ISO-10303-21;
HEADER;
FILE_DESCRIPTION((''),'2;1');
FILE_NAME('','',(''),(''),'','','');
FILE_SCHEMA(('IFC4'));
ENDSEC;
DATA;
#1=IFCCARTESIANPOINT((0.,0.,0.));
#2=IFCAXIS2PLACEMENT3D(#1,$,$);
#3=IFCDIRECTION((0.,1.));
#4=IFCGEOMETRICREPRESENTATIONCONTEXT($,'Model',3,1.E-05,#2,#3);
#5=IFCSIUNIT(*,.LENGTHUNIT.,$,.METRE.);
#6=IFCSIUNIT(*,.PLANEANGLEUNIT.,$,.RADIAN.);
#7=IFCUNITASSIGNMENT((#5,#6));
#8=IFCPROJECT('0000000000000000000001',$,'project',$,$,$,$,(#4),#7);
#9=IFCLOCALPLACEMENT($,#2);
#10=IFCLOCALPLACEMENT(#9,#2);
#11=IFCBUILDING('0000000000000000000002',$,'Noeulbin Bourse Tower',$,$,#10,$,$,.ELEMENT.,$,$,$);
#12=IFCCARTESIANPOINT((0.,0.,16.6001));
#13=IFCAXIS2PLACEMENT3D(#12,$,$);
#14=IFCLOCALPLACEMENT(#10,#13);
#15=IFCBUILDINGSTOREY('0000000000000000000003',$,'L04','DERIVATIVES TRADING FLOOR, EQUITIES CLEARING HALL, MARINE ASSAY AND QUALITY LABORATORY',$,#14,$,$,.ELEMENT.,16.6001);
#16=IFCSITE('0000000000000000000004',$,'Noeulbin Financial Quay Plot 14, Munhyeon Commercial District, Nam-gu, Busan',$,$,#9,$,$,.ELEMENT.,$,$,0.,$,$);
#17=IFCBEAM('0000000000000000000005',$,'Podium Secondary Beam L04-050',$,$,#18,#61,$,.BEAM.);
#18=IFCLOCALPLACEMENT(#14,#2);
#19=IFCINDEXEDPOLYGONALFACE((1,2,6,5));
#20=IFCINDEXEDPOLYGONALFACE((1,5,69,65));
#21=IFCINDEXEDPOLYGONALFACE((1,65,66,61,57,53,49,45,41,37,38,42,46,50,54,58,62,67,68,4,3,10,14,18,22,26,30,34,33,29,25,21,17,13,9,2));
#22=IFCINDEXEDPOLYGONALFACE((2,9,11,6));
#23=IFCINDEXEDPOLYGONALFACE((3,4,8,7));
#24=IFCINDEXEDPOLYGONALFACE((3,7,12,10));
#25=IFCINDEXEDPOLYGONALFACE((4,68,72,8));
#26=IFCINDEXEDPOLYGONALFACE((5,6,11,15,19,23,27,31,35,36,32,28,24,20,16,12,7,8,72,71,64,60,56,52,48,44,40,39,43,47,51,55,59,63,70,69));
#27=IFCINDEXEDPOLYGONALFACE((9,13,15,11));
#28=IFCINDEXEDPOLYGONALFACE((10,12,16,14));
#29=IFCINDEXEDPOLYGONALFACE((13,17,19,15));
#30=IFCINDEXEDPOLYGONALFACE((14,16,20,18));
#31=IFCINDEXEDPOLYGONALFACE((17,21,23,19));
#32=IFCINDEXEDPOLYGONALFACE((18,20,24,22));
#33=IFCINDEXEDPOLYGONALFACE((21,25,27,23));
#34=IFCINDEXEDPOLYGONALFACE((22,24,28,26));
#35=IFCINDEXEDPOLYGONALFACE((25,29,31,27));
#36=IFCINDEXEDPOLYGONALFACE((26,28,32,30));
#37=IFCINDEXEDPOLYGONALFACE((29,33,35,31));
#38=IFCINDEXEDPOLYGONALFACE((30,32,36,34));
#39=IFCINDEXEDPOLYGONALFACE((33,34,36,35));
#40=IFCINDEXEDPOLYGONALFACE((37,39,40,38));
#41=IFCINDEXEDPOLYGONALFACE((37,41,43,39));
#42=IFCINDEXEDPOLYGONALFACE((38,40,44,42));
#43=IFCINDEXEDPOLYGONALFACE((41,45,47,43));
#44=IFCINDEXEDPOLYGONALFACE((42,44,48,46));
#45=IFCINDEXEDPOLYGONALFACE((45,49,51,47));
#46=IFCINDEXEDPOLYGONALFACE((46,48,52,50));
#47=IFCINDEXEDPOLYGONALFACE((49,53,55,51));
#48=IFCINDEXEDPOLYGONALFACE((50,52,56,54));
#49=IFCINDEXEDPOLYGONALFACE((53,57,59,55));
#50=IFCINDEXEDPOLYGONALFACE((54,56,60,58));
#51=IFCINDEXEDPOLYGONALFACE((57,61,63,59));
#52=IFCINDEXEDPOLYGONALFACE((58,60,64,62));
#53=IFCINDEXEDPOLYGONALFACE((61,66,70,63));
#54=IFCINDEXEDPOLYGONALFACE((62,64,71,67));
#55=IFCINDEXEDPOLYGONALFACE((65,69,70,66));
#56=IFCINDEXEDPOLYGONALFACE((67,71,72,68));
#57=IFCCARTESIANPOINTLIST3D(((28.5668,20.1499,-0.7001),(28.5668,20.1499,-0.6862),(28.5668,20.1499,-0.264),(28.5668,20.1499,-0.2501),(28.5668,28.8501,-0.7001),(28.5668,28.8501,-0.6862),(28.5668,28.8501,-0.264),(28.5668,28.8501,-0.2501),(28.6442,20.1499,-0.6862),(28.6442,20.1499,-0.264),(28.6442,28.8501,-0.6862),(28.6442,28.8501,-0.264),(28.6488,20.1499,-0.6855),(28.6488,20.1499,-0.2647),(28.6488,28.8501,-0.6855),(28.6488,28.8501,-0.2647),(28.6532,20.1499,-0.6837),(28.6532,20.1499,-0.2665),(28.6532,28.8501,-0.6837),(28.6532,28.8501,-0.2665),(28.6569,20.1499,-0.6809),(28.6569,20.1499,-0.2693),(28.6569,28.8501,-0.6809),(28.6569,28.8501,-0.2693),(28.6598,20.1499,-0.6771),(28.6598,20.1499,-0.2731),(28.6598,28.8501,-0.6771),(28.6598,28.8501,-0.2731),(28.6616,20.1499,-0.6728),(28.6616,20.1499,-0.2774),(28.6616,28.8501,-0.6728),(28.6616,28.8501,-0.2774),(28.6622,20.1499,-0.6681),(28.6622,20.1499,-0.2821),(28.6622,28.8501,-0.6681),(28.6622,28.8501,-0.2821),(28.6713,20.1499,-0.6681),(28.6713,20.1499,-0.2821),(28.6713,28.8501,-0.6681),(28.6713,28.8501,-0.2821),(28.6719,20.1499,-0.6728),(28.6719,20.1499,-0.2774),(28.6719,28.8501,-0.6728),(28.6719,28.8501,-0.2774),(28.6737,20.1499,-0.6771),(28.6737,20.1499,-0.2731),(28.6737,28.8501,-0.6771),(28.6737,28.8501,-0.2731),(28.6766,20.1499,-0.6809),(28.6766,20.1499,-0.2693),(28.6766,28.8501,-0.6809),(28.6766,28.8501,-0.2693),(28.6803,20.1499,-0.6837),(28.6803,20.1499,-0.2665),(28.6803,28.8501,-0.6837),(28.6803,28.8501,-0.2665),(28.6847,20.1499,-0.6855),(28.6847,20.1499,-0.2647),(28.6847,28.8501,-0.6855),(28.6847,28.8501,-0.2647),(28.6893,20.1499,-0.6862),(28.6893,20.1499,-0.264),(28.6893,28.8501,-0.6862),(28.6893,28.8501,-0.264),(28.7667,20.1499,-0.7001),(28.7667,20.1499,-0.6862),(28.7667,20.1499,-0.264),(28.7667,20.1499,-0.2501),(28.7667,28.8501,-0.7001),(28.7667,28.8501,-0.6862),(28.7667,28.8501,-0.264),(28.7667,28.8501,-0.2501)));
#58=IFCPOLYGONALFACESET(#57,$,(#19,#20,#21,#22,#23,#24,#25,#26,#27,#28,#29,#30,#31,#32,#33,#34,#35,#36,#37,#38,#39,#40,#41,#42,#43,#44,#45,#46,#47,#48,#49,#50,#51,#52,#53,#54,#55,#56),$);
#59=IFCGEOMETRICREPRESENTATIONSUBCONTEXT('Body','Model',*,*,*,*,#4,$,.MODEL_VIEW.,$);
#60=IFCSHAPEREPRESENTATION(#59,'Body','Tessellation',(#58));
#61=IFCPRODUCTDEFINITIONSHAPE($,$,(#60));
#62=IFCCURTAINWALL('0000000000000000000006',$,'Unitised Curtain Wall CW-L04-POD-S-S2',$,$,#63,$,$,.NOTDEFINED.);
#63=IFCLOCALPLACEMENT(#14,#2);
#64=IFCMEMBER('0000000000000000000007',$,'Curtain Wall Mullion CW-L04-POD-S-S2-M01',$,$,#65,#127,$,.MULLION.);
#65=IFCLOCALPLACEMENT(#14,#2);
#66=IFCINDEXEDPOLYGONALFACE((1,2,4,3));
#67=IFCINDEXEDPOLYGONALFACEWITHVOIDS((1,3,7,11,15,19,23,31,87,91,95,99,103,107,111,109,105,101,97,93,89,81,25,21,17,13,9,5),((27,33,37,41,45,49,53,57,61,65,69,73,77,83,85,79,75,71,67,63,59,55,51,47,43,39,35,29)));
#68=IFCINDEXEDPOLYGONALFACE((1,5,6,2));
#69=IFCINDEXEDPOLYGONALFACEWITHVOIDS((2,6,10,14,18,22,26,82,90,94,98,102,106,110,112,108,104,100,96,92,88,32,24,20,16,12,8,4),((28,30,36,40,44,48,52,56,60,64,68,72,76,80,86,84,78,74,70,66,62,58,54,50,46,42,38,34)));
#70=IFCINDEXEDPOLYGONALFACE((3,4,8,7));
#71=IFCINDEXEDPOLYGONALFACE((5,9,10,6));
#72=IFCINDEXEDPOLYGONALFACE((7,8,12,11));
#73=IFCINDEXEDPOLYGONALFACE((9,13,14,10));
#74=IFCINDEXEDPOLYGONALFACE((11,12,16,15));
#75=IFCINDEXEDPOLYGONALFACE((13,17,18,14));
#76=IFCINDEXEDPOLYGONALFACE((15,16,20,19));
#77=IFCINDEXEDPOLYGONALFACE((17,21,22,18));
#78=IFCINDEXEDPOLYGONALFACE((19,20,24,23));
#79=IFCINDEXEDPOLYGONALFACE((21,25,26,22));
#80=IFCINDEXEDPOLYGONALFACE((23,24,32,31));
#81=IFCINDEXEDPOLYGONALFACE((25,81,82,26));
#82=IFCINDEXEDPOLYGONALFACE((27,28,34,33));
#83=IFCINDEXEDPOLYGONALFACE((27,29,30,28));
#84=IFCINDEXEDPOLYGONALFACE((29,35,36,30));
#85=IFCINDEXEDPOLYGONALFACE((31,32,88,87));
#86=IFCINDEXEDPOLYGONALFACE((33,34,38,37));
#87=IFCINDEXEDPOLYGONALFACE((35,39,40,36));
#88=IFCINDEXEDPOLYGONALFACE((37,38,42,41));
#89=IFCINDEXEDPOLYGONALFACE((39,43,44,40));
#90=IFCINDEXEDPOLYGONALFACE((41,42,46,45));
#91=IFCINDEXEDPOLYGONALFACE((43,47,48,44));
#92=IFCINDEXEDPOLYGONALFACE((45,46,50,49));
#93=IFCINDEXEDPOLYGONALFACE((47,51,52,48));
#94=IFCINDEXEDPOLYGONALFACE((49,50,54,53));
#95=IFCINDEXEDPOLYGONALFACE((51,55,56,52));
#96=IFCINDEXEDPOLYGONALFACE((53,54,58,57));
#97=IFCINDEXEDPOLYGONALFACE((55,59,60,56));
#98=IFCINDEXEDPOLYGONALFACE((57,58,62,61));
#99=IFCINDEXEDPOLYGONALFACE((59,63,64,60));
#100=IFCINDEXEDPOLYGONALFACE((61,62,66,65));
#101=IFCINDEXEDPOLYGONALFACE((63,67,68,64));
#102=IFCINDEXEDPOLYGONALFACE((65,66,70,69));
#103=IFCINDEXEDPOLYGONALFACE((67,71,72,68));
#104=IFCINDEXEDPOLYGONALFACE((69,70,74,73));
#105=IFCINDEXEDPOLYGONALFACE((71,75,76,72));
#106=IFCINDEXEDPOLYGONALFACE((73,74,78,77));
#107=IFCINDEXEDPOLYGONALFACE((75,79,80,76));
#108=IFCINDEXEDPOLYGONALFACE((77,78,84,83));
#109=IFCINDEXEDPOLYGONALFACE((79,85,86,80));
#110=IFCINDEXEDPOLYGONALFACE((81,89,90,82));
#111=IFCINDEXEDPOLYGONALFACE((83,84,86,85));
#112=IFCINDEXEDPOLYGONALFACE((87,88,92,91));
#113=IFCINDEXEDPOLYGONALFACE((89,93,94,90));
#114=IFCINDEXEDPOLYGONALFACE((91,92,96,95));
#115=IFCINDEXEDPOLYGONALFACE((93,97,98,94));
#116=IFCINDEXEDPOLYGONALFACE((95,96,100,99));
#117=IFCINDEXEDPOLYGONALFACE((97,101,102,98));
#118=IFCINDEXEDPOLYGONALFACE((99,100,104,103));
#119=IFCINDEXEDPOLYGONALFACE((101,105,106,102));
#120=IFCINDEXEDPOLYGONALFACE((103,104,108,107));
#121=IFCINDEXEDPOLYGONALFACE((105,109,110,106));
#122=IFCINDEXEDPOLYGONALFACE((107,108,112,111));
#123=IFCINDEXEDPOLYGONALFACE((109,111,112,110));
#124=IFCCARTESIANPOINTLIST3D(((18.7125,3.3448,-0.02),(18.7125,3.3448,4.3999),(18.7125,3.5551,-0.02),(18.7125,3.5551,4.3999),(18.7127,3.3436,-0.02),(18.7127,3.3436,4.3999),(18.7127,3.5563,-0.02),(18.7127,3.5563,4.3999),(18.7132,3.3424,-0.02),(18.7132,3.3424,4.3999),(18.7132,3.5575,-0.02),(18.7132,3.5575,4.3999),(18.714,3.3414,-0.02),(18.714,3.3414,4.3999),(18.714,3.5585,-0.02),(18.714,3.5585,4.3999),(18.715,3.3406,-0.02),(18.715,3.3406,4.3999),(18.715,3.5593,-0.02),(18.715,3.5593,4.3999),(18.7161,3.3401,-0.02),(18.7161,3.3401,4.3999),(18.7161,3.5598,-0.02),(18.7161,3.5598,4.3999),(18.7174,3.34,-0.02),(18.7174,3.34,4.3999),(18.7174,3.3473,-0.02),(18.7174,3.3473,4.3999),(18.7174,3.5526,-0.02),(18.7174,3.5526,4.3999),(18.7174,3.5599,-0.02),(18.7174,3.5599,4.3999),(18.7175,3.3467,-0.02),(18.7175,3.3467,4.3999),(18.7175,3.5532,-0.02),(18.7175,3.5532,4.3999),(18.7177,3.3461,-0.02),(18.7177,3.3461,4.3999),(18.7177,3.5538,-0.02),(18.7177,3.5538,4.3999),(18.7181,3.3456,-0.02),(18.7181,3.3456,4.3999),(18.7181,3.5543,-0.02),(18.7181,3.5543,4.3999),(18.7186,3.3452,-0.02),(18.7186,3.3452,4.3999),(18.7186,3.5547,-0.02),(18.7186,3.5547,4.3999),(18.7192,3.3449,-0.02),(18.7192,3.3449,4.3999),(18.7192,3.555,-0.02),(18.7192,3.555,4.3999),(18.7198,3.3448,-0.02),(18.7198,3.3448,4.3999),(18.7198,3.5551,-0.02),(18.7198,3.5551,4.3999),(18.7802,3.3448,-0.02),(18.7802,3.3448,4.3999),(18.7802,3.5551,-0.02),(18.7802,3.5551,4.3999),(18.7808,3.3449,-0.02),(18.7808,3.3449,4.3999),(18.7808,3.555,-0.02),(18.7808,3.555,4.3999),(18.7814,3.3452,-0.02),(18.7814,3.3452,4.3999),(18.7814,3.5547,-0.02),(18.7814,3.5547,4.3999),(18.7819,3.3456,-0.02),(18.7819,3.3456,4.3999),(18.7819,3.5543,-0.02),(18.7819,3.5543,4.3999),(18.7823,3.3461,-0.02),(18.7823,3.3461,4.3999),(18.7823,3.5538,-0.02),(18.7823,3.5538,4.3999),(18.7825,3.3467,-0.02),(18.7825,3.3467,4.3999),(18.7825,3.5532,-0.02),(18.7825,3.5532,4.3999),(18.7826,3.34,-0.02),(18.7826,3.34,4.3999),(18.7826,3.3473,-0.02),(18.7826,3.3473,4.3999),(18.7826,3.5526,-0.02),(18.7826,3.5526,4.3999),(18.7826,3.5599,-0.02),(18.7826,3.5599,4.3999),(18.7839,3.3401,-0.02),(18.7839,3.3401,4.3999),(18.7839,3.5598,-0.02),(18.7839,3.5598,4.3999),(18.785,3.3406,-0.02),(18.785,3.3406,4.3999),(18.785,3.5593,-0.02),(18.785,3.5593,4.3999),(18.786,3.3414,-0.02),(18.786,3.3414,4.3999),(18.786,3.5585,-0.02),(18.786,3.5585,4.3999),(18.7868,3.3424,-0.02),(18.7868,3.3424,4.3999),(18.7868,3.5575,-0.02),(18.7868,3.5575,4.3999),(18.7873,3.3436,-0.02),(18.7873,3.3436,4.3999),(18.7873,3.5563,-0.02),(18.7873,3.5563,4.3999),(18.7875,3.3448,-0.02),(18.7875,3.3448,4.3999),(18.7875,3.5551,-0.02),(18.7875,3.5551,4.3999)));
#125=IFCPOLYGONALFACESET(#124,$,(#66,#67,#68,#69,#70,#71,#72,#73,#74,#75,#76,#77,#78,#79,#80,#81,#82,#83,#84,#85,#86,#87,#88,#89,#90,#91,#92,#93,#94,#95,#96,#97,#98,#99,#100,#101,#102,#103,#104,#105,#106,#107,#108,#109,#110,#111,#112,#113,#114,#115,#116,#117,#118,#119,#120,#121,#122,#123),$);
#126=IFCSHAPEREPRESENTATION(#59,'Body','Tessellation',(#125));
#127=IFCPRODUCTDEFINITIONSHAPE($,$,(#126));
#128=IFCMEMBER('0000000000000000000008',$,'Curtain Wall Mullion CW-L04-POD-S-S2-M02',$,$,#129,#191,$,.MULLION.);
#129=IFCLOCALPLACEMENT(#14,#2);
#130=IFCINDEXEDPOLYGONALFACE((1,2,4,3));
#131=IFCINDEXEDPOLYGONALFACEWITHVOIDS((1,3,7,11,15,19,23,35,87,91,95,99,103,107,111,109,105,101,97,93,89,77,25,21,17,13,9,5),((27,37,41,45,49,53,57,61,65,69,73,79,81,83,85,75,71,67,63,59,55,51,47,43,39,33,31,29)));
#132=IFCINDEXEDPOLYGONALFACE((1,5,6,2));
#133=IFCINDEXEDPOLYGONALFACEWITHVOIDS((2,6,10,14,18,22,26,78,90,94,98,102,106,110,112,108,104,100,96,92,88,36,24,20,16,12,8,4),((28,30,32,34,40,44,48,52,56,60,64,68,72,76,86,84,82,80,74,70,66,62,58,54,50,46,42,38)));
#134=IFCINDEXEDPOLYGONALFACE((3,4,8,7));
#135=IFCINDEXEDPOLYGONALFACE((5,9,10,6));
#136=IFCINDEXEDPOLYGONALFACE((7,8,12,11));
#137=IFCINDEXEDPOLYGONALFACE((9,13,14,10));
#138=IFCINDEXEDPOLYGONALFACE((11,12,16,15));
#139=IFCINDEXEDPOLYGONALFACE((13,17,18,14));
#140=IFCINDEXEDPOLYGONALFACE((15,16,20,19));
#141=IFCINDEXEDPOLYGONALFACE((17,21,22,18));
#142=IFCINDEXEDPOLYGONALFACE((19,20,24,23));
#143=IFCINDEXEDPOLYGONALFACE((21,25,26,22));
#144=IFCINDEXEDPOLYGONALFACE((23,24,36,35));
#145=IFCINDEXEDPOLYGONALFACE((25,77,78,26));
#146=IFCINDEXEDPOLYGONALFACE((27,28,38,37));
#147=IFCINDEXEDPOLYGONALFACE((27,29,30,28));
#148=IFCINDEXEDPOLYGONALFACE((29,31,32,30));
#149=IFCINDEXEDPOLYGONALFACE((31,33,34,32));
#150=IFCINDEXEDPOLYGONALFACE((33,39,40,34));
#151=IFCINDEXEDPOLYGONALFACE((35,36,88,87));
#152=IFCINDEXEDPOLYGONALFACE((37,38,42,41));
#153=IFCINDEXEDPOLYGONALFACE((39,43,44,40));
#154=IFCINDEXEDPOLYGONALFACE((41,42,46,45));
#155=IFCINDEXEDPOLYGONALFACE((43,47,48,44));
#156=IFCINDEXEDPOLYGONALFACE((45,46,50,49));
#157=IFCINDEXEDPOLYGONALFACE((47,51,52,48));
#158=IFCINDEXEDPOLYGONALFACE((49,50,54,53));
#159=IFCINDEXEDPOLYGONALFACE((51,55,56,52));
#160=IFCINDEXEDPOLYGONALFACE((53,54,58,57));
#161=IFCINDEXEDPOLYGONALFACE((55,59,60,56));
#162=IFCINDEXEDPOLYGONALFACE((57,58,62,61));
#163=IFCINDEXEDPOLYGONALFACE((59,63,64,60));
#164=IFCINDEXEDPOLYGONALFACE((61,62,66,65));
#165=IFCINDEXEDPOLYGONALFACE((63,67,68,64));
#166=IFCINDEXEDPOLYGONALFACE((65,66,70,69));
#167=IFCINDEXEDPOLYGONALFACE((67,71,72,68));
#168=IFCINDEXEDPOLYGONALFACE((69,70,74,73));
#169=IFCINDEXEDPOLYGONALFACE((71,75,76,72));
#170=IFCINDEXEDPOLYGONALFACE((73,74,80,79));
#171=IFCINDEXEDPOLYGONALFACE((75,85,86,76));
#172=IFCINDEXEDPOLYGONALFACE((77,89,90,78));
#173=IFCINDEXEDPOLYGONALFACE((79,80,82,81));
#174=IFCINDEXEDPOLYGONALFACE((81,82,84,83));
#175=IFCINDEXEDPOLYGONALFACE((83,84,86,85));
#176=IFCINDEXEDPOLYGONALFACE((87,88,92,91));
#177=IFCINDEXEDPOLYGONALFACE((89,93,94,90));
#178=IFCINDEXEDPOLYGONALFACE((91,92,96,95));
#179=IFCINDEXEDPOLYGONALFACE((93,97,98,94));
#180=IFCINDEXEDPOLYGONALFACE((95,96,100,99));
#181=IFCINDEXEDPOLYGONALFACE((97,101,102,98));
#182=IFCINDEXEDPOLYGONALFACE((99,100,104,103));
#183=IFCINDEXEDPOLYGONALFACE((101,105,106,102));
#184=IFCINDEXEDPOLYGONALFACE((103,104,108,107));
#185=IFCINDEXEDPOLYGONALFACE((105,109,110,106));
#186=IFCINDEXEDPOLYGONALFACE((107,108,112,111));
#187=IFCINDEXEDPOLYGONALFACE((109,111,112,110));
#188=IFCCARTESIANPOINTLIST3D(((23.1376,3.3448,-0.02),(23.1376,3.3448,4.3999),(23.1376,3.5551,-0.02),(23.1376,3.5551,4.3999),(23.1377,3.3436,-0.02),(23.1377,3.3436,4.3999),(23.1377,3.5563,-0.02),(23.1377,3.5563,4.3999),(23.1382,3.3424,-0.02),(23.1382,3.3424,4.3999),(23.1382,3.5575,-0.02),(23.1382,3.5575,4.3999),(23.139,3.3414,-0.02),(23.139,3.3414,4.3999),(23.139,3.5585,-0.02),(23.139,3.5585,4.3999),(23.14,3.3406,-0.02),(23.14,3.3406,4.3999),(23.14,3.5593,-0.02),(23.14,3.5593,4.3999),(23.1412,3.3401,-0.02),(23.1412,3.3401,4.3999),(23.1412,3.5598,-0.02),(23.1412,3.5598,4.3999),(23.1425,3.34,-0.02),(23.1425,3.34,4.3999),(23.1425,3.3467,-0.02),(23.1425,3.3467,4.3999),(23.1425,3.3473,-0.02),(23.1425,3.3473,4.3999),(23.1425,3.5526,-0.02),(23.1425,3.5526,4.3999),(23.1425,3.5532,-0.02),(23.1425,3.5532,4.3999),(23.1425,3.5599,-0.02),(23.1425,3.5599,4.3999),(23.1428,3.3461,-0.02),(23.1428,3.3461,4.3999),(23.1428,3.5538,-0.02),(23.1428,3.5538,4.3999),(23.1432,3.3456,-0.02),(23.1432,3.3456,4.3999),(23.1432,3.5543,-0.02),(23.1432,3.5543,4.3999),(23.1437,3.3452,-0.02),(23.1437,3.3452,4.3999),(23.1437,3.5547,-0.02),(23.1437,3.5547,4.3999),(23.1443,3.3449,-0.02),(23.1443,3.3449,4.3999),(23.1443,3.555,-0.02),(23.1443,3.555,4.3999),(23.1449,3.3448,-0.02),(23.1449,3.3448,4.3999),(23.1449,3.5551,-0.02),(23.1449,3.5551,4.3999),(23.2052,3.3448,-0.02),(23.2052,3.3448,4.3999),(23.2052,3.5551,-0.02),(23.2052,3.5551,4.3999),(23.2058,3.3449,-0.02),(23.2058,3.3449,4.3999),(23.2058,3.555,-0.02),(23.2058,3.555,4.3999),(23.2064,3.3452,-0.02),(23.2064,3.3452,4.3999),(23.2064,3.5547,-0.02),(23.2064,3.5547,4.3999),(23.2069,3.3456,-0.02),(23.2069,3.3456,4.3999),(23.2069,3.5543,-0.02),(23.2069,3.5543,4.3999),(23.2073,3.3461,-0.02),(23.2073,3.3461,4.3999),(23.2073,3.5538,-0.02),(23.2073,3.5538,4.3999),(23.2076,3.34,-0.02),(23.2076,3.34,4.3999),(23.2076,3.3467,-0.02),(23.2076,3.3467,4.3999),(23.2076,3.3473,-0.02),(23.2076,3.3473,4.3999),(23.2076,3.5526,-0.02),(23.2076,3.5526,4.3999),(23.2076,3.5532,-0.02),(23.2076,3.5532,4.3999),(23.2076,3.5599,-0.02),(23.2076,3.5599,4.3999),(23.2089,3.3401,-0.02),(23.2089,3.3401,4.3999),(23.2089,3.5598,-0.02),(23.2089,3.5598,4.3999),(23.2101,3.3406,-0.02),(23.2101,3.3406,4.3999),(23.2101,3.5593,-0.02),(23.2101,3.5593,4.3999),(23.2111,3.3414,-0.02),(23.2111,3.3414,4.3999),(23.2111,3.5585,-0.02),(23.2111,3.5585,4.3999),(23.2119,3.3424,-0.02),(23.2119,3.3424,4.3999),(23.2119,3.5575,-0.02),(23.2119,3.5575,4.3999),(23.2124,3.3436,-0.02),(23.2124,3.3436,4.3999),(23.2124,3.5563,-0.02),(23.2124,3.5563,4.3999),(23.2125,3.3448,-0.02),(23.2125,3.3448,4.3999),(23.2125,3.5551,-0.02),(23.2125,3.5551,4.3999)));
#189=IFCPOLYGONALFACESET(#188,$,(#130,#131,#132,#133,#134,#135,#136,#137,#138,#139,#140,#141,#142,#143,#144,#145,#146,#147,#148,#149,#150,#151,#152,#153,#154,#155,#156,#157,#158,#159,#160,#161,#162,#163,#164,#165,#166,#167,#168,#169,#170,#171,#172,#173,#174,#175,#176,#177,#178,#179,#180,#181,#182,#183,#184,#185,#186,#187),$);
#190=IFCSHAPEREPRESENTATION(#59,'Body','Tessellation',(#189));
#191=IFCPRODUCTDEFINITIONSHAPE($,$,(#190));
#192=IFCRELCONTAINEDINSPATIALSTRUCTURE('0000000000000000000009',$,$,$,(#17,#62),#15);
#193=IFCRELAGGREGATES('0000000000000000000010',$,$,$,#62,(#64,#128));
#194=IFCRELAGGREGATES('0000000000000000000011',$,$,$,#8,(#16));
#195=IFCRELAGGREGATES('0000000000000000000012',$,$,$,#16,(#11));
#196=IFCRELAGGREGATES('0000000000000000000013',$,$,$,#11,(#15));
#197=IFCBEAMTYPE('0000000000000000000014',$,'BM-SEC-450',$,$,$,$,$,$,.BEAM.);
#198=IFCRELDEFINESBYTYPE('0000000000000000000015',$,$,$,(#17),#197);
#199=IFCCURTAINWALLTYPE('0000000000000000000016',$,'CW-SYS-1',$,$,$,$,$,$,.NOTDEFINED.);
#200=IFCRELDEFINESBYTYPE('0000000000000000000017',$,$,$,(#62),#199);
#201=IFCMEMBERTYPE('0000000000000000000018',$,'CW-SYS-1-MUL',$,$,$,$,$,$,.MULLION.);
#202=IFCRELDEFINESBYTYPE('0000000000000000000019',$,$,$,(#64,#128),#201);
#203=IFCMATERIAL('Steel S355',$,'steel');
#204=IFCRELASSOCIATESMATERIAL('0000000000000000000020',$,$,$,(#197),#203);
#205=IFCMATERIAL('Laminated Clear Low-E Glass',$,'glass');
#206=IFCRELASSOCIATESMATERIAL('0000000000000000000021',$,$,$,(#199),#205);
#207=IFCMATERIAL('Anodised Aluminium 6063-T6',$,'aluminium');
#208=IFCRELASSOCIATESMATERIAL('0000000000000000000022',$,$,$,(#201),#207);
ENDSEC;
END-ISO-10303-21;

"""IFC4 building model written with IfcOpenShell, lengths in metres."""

from ifc_helpers import new_model, si_unit, direction, frame, origin, origin_2d, place, context, subcontext, project, spatial, hollow_rectangle, i_section, extrude, material, material_profile, profile_set, type_object, element, aggregate, save


model = new_model("IFC4")

# Units and contexts
model_context = context("Model", 3, precision=1e-05, world=origin(), true_north=direction((0.0, 1.0)))
body_context = subcontext(model_context, "Body", "Model", "MODEL_VIEW")
ifc_project = project(units=[si_unit("LENGTHUNIT", "METRE"), si_unit("PLANEANGLEUNIT", "RADIAN")], contexts=[model_context])

# Site, building, storey
site_placement = place(None, origin())
site = spatial("IfcSite", under=ifc_project, at=site_placement, Name="Noeulbin Financial Quay Plot 14, Munhyeon Commercial District, Nam-gu, Busan", CompositionType="ELEMENT", RefElevation=0.0)
building_placement = place(site_placement, origin())
building = spatial("IfcBuilding", under=site, at=building_placement, Name="Noeulbin Bourse Tower", CompositionType="ELEMENT")
storey_placement = place(building_placement, frame((0.0, 0.0, 16.6001)))
storey = spatial("IfcBuildingStorey", under=building, at=storey_placement, Name="L04", Description="DERIVATIVES TRADING FLOOR, EQUITIES CLEARING HALL, MARINE ASSAY AND QUALITY LABORATORY", CompositionType="ELEMENT", Elevation=16.6001)

# Beam
ifc_material_1 = material(Name="Steel S355", Category="steel")
ifc_material_profile_1 = material_profile(ifc_material_1, i_section(OverallWidth=0.2, OverallDepth=0.45, WebThickness=0.009, FlangeThickness=0.0139, FilletRadius=0.0181, at=origin_2d()), Name="H-450x200x9x14", Category="LoadBearing")
ifc_profile_set_1 = profile_set([ifc_material_profile_1], Name="Steel S355")
beam_type_1 = type_object("IfcBeamType", Name="BM-SEC-450", PredefinedType="BEAM", material=ifc_profile_set_1)
beam_1_placement = place(storey_placement, frame((28.6667, 20.1499, -0.4751), z_axis=(0.0, 1.0, 0.0), x_axis=(-1.0, 0.0, 0.0)))
element("IfcBeam", 1, at=beam_1_placement, inside=storey, type_object=beam_type_1, Name="Podium Secondary Beam L04-050", PredefinedType="BEAM", context=body_context, shape_type="SweptSolid", body=[
    extrude(i_section(OverallWidth=0.2, OverallDepth=0.45, WebThickness=0.009, FlangeThickness=0.0139, FilletRadius=0.0181, at=origin_2d()), origin(), (0.0, 0.0, 1.0), 8.7002),
])

# Curtain wall, members
ifc_material_2 = material(Name="Laminated Clear Low-E Glass", Category="glass")
curtain_wall_type = type_object("IfcCurtainWallType", Name="CW-SYS-1", PredefinedType="NOTDEFINED", material=ifc_material_2)
curtain_wall_1_placement = place(storey_placement, origin())
curtain_wall_1 = element("IfcCurtainWall", 2, at=curtain_wall_1_placement, inside=storey, type_object=curtain_wall_type, Name="Unitised Curtain Wall CW-L04-POD-S-S2", PredefinedType="NOTDEFINED")
ifc_material_3 = material(Name="Anodised Aluminium 6063-T6", Category="aluminium")
ifc_material_profile_2 = material_profile(ifc_material_3, hollow_rectangle(XDim=0.075, YDim=0.22, WallThickness=0.0049, InnerFilletRadius=0.0024, OuterFilletRadius=0.0049, at=origin_2d()), Name="ALU-MULL-75x220x5", Category="LoadBearing")
ifc_profile_set_2 = profile_set([ifc_material_profile_2], Name="Anodised Aluminium 6063-T6")
member_type_1 = type_object("IfcMemberType", Name="CW-SYS-1-MUL", PredefinedType="MULLION", material=ifc_profile_set_2)
member_1_placement = place(storey_placement, frame((18.75, 3.45, -0.02), z_axis=(0.0, 0.0, 1.0), x_axis=(1.0, 0.0, 0.0)))
member_1 = element("IfcMember", 3, at=member_1_placement, type_object=member_type_1, Name="Curtain Wall Mullion CW-L04-POD-S-S2-M01", PredefinedType="MULLION", context=body_context, shape_type="SweptSolid", body=[
    extrude(hollow_rectangle(XDim=0.075, YDim=0.22, WallThickness=0.0049, InnerFilletRadius=0.0024, OuterFilletRadius=0.0049, at=origin_2d()), origin(), (0.0, 0.0, 1.0), 4.4199),
])
member_2_placement = place(storey_placement, frame((23.175, 3.45, -0.02), z_axis=(0.0, 0.0, 1.0), x_axis=(1.0, 0.0, 0.0)))
member_2 = element("IfcMember", 4, at=member_2_placement, type_object=member_type_1, Name="Curtain Wall Mullion CW-L04-POD-S-S2-M02", PredefinedType="MULLION", context=body_context, shape_type="SweptSolid", body=[
    extrude(hollow_rectangle(XDim=0.075, YDim=0.22, WallThickness=0.0049, InnerFilletRadius=0.0024, OuterFilletRadius=0.0049, at=origin_2d()), origin(), (0.0, 0.0, 1.0), 4.4199),
])

aggregate(curtain_wall_1, [member_1, member_2])

save(model, "model.ifc")
